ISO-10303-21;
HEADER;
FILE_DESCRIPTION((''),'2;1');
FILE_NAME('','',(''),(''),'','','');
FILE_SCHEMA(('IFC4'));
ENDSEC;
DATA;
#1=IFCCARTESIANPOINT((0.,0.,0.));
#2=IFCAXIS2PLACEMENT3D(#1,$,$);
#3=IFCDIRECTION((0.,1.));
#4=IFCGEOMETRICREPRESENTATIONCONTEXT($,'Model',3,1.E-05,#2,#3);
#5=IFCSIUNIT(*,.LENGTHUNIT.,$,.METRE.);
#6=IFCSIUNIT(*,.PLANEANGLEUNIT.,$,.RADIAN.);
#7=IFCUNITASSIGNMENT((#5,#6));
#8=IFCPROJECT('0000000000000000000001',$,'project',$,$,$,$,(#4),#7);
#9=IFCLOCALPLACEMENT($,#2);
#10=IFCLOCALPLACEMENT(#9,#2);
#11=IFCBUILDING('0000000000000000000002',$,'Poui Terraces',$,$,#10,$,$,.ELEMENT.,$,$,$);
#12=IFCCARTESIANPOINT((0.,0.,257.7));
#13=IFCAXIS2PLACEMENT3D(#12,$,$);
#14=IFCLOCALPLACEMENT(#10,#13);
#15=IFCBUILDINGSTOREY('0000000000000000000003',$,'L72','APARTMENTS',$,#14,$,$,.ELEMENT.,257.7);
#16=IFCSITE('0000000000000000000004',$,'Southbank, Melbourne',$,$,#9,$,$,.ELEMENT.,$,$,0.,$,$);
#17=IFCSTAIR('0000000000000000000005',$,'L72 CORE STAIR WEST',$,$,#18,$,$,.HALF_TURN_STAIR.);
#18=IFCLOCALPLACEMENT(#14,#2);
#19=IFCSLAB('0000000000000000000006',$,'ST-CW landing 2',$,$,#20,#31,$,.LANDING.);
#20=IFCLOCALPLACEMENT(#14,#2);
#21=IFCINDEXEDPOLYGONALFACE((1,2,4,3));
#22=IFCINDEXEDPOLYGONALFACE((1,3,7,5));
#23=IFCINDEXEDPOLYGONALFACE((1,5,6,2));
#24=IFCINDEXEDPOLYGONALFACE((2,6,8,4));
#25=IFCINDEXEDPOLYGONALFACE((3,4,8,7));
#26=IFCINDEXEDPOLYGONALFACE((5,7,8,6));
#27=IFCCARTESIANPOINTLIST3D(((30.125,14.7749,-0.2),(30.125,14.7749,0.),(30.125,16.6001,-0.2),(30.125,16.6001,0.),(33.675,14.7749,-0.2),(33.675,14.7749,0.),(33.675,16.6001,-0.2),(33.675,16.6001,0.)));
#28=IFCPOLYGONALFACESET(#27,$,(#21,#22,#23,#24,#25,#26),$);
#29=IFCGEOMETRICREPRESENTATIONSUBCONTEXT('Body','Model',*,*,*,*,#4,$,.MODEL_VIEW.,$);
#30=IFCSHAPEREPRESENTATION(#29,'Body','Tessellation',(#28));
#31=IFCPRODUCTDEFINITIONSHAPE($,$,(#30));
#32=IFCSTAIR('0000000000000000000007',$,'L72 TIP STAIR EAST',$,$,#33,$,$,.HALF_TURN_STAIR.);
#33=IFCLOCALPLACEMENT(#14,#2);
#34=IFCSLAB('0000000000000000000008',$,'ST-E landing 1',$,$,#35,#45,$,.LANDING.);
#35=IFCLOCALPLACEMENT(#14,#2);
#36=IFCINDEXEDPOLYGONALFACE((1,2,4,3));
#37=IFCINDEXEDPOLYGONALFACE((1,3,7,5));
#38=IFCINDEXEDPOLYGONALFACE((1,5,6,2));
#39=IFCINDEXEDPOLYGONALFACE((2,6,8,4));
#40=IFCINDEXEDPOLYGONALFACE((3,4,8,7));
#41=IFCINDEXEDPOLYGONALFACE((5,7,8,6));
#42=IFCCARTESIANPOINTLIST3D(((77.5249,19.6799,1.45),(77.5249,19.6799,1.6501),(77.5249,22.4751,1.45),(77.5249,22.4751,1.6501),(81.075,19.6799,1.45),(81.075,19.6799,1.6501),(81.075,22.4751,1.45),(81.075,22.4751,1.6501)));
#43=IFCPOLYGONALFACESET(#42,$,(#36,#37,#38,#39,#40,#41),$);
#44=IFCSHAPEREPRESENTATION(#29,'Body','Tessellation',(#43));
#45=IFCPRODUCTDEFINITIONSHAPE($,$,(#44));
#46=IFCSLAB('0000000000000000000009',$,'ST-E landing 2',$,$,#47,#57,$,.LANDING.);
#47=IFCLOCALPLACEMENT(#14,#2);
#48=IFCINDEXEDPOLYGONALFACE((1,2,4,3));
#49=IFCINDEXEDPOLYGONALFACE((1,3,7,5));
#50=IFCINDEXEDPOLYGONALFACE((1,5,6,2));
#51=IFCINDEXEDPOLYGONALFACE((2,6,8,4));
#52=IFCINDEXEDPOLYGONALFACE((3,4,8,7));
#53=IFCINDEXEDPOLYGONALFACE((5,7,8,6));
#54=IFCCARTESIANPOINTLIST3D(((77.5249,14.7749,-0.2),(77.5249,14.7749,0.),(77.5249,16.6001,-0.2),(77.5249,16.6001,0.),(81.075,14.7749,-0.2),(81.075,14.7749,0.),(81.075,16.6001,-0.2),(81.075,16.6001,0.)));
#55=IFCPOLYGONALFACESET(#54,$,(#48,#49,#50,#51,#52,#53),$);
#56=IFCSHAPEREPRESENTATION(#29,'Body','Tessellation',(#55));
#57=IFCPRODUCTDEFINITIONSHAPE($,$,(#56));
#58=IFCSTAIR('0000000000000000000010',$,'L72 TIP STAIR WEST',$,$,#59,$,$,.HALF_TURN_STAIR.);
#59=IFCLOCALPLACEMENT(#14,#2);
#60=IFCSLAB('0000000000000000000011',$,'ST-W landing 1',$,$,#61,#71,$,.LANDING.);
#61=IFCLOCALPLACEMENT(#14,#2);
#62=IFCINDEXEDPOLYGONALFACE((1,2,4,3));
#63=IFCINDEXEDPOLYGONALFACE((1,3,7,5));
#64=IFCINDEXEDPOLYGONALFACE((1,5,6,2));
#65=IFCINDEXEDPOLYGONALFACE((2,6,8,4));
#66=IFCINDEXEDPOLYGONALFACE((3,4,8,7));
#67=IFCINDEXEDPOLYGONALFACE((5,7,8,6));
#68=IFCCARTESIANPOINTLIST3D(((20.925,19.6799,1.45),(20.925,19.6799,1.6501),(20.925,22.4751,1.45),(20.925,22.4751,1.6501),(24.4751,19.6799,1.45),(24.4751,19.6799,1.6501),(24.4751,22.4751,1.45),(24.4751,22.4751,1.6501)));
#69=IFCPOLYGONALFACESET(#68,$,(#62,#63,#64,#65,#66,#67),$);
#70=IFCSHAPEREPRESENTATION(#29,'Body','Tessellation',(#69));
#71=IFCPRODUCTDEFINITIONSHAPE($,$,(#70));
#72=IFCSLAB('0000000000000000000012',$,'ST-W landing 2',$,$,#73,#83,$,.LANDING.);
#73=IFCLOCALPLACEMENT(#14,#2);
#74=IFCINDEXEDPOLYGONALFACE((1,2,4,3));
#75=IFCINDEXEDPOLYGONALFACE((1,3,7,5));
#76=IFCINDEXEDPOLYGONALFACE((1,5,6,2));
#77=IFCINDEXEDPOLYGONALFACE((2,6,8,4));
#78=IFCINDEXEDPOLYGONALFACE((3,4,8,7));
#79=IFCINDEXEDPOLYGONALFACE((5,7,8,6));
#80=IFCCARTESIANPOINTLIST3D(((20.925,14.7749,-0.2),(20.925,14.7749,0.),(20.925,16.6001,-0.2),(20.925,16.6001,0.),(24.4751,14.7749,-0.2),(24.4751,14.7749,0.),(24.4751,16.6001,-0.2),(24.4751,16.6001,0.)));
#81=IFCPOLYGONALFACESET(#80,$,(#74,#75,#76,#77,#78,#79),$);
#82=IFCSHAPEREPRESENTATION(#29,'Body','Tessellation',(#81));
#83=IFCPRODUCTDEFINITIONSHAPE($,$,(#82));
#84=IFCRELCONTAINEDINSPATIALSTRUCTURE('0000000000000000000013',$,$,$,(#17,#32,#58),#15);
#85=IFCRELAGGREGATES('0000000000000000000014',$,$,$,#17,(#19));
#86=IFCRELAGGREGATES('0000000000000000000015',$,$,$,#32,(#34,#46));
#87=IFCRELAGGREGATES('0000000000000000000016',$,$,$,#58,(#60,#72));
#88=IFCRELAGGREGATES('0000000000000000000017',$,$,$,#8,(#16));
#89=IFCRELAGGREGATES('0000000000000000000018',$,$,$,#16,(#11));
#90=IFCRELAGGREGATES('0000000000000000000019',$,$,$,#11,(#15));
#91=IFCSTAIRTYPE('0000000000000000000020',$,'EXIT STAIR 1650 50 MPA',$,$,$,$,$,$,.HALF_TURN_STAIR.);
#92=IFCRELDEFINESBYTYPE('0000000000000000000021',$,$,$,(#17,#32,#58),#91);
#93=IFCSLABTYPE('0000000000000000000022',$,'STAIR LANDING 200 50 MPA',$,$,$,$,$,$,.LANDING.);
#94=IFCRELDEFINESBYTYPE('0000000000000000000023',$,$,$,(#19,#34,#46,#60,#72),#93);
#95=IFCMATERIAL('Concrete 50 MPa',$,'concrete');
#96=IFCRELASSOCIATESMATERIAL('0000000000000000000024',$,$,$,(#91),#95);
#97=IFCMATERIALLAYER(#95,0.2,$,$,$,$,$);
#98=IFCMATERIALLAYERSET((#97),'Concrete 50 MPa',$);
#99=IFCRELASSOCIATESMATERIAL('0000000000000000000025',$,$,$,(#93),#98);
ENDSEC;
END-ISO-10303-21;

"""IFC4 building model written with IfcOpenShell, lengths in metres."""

from ifc_helpers import new_model, si_unit, direction, frame, origin, place, context, subcontext, project, spatial, polyline, outline, extrude, material, layer, layer_set, type_object, element, aggregate, save


model = new_model("IFC4")

# Units and contexts
model_context = context("Model", 3, precision=1e-05, world=origin(), true_north=direction((0.0, 1.0)))
body_context = subcontext(model_context, "Body", "Model", "MODEL_VIEW")
ifc_project = project(units=[si_unit("LENGTHUNIT", "METRE"), si_unit("PLANEANGLEUNIT", "RADIAN")], contexts=[model_context])

# Site, building, storey
site_placement = place(None, origin())
site = spatial("IfcSite", under=ifc_project, at=site_placement, Name="Southbank, Melbourne", CompositionType="ELEMENT", RefElevation=0.0)
building_placement = place(site_placement, origin())
building = spatial("IfcBuilding", under=site, at=building_placement, Name="Poui Terraces", CompositionType="ELEMENT")
storey_placement = place(building_placement, frame((0.0, 0.0, 257.7)))
storey = spatial("IfcBuildingStorey", under=building, at=storey_placement, Name="L72", Description="APARTMENTS", CompositionType="ELEMENT", Elevation=257.7)

# Stair, slab
ifc_material = material(Name="Concrete 50 MPa", Category="concrete")
stair_type = type_object("IfcStairType", Name="EXIT STAIR 1650 50 MPA", PredefinedType="HALF_TURN_STAIR", material=ifc_material)
stair_1_placement = place(storey_placement, origin())
stair_1 = element("IfcStair", 1, at=stair_1_placement, inside=storey, type_object=stair_type, Name="L72 CORE STAIR WEST", PredefinedType="HALF_TURN_STAIR")
ifc_layer = layer(ifc_material, 0.2)
ifc_layer_set = layer_set([ifc_layer], Name="Concrete 50 MPa")
slab_type = type_object("IfcSlabType", Name="STAIR LANDING 200 50 MPA", PredefinedType="LANDING", material=ifc_layer_set)
slab_1_placement = place(storey_placement, frame((0.0, 0.0, -0.2)))
slab_1 = element("IfcSlab", 2, at=slab_1_placement, type_object=slab_type, Name="ST-CW landing 2", PredefinedType="LANDING", context=body_context, shape_type="SweptSolid", body=[
    extrude(outline(polyline([(30.125, 14.7749), (33.675, 14.7749), (33.675, 16.6001), (30.125, 16.6001), (30.125, 14.7749)])), origin(), (0.0, 0.0, 1.0), 0.2),
])
aggregate(stair_1, [slab_1])

# Stairs, slabs
stair_2_placement = place(storey_placement, origin())
stair_2 = element("IfcStair", 3, at=stair_2_placement, inside=storey, type_object=stair_type, Name="L72 TIP STAIR EAST", PredefinedType="HALF_TURN_STAIR")
slab_2_placement = place(storey_placement, frame((0.0, 0.0, 1.45)))
slab_2 = element("IfcSlab", 4, at=slab_2_placement, type_object=slab_type, Name="ST-E landing 1", PredefinedType="LANDING", context=body_context, shape_type="SweptSolid", body=[
    extrude(outline(polyline([(77.5249, 19.6799), (81.075, 19.6799), (81.075, 22.4751), (77.5249, 22.4751), (77.5249, 19.6799)])), origin(), (0.0, 0.0, 1.0), 0.2002),
])
slab_3_placement = place(storey_placement, frame((0.0, 0.0, -0.2)))
slab_3 = element("IfcSlab", 5, at=slab_3_placement, type_object=slab_type, Name="ST-E landing 2", PredefinedType="LANDING", context=body_context, shape_type="SweptSolid", body=[
    extrude(outline(polyline([(77.5249, 14.7749), (81.075, 14.7749), (81.075, 16.6001), (77.5249, 16.6001), (77.5249, 14.7749)])), origin(), (0.0, 0.0, 1.0), 0.2),
])
aggregate(stair_2, [slab_2, slab_3])
stair_3_placement = place(storey_placement, origin())
stair_3 = element("IfcStair", 6, at=stair_3_placement, inside=storey, type_object=stair_type, Name="L72 TIP STAIR WEST", PredefinedType="HALF_TURN_STAIR")
slab_4_placement = place(storey_placement, frame((0.0, 0.0, 1.45)))
slab_4 = element("IfcSlab", 7, at=slab_4_placement, type_object=slab_type, Name="ST-W landing 1", PredefinedType="LANDING", context=body_context, shape_type="SweptSolid", body=[
    extrude(outline(polyline([(20.925, 19.6799), (24.4751, 19.6799), (24.4751, 22.4751), (20.925, 22.4751), (20.925, 19.6799)])), origin(), (0.0, 0.0, 1.0), 0.2002),
])
slab_5_placement = place(storey_placement, frame((0.0, 0.0, -0.2)))
slab_5 = element("IfcSlab", 8, at=slab_5_placement, type_object=slab_type, Name="ST-W landing 2", PredefinedType="LANDING", context=body_context, shape_type="SweptSolid", body=[
    extrude(outline(polyline([(20.925, 14.7749), (24.4751, 14.7749), (24.4751, 16.6001), (20.925, 16.6001), (20.925, 14.7749)])), origin(), (0.0, 0.0, 1.0), 0.2),
])
aggregate(stair_3, [slab_4, slab_5])

save(model, "model.ifc")
